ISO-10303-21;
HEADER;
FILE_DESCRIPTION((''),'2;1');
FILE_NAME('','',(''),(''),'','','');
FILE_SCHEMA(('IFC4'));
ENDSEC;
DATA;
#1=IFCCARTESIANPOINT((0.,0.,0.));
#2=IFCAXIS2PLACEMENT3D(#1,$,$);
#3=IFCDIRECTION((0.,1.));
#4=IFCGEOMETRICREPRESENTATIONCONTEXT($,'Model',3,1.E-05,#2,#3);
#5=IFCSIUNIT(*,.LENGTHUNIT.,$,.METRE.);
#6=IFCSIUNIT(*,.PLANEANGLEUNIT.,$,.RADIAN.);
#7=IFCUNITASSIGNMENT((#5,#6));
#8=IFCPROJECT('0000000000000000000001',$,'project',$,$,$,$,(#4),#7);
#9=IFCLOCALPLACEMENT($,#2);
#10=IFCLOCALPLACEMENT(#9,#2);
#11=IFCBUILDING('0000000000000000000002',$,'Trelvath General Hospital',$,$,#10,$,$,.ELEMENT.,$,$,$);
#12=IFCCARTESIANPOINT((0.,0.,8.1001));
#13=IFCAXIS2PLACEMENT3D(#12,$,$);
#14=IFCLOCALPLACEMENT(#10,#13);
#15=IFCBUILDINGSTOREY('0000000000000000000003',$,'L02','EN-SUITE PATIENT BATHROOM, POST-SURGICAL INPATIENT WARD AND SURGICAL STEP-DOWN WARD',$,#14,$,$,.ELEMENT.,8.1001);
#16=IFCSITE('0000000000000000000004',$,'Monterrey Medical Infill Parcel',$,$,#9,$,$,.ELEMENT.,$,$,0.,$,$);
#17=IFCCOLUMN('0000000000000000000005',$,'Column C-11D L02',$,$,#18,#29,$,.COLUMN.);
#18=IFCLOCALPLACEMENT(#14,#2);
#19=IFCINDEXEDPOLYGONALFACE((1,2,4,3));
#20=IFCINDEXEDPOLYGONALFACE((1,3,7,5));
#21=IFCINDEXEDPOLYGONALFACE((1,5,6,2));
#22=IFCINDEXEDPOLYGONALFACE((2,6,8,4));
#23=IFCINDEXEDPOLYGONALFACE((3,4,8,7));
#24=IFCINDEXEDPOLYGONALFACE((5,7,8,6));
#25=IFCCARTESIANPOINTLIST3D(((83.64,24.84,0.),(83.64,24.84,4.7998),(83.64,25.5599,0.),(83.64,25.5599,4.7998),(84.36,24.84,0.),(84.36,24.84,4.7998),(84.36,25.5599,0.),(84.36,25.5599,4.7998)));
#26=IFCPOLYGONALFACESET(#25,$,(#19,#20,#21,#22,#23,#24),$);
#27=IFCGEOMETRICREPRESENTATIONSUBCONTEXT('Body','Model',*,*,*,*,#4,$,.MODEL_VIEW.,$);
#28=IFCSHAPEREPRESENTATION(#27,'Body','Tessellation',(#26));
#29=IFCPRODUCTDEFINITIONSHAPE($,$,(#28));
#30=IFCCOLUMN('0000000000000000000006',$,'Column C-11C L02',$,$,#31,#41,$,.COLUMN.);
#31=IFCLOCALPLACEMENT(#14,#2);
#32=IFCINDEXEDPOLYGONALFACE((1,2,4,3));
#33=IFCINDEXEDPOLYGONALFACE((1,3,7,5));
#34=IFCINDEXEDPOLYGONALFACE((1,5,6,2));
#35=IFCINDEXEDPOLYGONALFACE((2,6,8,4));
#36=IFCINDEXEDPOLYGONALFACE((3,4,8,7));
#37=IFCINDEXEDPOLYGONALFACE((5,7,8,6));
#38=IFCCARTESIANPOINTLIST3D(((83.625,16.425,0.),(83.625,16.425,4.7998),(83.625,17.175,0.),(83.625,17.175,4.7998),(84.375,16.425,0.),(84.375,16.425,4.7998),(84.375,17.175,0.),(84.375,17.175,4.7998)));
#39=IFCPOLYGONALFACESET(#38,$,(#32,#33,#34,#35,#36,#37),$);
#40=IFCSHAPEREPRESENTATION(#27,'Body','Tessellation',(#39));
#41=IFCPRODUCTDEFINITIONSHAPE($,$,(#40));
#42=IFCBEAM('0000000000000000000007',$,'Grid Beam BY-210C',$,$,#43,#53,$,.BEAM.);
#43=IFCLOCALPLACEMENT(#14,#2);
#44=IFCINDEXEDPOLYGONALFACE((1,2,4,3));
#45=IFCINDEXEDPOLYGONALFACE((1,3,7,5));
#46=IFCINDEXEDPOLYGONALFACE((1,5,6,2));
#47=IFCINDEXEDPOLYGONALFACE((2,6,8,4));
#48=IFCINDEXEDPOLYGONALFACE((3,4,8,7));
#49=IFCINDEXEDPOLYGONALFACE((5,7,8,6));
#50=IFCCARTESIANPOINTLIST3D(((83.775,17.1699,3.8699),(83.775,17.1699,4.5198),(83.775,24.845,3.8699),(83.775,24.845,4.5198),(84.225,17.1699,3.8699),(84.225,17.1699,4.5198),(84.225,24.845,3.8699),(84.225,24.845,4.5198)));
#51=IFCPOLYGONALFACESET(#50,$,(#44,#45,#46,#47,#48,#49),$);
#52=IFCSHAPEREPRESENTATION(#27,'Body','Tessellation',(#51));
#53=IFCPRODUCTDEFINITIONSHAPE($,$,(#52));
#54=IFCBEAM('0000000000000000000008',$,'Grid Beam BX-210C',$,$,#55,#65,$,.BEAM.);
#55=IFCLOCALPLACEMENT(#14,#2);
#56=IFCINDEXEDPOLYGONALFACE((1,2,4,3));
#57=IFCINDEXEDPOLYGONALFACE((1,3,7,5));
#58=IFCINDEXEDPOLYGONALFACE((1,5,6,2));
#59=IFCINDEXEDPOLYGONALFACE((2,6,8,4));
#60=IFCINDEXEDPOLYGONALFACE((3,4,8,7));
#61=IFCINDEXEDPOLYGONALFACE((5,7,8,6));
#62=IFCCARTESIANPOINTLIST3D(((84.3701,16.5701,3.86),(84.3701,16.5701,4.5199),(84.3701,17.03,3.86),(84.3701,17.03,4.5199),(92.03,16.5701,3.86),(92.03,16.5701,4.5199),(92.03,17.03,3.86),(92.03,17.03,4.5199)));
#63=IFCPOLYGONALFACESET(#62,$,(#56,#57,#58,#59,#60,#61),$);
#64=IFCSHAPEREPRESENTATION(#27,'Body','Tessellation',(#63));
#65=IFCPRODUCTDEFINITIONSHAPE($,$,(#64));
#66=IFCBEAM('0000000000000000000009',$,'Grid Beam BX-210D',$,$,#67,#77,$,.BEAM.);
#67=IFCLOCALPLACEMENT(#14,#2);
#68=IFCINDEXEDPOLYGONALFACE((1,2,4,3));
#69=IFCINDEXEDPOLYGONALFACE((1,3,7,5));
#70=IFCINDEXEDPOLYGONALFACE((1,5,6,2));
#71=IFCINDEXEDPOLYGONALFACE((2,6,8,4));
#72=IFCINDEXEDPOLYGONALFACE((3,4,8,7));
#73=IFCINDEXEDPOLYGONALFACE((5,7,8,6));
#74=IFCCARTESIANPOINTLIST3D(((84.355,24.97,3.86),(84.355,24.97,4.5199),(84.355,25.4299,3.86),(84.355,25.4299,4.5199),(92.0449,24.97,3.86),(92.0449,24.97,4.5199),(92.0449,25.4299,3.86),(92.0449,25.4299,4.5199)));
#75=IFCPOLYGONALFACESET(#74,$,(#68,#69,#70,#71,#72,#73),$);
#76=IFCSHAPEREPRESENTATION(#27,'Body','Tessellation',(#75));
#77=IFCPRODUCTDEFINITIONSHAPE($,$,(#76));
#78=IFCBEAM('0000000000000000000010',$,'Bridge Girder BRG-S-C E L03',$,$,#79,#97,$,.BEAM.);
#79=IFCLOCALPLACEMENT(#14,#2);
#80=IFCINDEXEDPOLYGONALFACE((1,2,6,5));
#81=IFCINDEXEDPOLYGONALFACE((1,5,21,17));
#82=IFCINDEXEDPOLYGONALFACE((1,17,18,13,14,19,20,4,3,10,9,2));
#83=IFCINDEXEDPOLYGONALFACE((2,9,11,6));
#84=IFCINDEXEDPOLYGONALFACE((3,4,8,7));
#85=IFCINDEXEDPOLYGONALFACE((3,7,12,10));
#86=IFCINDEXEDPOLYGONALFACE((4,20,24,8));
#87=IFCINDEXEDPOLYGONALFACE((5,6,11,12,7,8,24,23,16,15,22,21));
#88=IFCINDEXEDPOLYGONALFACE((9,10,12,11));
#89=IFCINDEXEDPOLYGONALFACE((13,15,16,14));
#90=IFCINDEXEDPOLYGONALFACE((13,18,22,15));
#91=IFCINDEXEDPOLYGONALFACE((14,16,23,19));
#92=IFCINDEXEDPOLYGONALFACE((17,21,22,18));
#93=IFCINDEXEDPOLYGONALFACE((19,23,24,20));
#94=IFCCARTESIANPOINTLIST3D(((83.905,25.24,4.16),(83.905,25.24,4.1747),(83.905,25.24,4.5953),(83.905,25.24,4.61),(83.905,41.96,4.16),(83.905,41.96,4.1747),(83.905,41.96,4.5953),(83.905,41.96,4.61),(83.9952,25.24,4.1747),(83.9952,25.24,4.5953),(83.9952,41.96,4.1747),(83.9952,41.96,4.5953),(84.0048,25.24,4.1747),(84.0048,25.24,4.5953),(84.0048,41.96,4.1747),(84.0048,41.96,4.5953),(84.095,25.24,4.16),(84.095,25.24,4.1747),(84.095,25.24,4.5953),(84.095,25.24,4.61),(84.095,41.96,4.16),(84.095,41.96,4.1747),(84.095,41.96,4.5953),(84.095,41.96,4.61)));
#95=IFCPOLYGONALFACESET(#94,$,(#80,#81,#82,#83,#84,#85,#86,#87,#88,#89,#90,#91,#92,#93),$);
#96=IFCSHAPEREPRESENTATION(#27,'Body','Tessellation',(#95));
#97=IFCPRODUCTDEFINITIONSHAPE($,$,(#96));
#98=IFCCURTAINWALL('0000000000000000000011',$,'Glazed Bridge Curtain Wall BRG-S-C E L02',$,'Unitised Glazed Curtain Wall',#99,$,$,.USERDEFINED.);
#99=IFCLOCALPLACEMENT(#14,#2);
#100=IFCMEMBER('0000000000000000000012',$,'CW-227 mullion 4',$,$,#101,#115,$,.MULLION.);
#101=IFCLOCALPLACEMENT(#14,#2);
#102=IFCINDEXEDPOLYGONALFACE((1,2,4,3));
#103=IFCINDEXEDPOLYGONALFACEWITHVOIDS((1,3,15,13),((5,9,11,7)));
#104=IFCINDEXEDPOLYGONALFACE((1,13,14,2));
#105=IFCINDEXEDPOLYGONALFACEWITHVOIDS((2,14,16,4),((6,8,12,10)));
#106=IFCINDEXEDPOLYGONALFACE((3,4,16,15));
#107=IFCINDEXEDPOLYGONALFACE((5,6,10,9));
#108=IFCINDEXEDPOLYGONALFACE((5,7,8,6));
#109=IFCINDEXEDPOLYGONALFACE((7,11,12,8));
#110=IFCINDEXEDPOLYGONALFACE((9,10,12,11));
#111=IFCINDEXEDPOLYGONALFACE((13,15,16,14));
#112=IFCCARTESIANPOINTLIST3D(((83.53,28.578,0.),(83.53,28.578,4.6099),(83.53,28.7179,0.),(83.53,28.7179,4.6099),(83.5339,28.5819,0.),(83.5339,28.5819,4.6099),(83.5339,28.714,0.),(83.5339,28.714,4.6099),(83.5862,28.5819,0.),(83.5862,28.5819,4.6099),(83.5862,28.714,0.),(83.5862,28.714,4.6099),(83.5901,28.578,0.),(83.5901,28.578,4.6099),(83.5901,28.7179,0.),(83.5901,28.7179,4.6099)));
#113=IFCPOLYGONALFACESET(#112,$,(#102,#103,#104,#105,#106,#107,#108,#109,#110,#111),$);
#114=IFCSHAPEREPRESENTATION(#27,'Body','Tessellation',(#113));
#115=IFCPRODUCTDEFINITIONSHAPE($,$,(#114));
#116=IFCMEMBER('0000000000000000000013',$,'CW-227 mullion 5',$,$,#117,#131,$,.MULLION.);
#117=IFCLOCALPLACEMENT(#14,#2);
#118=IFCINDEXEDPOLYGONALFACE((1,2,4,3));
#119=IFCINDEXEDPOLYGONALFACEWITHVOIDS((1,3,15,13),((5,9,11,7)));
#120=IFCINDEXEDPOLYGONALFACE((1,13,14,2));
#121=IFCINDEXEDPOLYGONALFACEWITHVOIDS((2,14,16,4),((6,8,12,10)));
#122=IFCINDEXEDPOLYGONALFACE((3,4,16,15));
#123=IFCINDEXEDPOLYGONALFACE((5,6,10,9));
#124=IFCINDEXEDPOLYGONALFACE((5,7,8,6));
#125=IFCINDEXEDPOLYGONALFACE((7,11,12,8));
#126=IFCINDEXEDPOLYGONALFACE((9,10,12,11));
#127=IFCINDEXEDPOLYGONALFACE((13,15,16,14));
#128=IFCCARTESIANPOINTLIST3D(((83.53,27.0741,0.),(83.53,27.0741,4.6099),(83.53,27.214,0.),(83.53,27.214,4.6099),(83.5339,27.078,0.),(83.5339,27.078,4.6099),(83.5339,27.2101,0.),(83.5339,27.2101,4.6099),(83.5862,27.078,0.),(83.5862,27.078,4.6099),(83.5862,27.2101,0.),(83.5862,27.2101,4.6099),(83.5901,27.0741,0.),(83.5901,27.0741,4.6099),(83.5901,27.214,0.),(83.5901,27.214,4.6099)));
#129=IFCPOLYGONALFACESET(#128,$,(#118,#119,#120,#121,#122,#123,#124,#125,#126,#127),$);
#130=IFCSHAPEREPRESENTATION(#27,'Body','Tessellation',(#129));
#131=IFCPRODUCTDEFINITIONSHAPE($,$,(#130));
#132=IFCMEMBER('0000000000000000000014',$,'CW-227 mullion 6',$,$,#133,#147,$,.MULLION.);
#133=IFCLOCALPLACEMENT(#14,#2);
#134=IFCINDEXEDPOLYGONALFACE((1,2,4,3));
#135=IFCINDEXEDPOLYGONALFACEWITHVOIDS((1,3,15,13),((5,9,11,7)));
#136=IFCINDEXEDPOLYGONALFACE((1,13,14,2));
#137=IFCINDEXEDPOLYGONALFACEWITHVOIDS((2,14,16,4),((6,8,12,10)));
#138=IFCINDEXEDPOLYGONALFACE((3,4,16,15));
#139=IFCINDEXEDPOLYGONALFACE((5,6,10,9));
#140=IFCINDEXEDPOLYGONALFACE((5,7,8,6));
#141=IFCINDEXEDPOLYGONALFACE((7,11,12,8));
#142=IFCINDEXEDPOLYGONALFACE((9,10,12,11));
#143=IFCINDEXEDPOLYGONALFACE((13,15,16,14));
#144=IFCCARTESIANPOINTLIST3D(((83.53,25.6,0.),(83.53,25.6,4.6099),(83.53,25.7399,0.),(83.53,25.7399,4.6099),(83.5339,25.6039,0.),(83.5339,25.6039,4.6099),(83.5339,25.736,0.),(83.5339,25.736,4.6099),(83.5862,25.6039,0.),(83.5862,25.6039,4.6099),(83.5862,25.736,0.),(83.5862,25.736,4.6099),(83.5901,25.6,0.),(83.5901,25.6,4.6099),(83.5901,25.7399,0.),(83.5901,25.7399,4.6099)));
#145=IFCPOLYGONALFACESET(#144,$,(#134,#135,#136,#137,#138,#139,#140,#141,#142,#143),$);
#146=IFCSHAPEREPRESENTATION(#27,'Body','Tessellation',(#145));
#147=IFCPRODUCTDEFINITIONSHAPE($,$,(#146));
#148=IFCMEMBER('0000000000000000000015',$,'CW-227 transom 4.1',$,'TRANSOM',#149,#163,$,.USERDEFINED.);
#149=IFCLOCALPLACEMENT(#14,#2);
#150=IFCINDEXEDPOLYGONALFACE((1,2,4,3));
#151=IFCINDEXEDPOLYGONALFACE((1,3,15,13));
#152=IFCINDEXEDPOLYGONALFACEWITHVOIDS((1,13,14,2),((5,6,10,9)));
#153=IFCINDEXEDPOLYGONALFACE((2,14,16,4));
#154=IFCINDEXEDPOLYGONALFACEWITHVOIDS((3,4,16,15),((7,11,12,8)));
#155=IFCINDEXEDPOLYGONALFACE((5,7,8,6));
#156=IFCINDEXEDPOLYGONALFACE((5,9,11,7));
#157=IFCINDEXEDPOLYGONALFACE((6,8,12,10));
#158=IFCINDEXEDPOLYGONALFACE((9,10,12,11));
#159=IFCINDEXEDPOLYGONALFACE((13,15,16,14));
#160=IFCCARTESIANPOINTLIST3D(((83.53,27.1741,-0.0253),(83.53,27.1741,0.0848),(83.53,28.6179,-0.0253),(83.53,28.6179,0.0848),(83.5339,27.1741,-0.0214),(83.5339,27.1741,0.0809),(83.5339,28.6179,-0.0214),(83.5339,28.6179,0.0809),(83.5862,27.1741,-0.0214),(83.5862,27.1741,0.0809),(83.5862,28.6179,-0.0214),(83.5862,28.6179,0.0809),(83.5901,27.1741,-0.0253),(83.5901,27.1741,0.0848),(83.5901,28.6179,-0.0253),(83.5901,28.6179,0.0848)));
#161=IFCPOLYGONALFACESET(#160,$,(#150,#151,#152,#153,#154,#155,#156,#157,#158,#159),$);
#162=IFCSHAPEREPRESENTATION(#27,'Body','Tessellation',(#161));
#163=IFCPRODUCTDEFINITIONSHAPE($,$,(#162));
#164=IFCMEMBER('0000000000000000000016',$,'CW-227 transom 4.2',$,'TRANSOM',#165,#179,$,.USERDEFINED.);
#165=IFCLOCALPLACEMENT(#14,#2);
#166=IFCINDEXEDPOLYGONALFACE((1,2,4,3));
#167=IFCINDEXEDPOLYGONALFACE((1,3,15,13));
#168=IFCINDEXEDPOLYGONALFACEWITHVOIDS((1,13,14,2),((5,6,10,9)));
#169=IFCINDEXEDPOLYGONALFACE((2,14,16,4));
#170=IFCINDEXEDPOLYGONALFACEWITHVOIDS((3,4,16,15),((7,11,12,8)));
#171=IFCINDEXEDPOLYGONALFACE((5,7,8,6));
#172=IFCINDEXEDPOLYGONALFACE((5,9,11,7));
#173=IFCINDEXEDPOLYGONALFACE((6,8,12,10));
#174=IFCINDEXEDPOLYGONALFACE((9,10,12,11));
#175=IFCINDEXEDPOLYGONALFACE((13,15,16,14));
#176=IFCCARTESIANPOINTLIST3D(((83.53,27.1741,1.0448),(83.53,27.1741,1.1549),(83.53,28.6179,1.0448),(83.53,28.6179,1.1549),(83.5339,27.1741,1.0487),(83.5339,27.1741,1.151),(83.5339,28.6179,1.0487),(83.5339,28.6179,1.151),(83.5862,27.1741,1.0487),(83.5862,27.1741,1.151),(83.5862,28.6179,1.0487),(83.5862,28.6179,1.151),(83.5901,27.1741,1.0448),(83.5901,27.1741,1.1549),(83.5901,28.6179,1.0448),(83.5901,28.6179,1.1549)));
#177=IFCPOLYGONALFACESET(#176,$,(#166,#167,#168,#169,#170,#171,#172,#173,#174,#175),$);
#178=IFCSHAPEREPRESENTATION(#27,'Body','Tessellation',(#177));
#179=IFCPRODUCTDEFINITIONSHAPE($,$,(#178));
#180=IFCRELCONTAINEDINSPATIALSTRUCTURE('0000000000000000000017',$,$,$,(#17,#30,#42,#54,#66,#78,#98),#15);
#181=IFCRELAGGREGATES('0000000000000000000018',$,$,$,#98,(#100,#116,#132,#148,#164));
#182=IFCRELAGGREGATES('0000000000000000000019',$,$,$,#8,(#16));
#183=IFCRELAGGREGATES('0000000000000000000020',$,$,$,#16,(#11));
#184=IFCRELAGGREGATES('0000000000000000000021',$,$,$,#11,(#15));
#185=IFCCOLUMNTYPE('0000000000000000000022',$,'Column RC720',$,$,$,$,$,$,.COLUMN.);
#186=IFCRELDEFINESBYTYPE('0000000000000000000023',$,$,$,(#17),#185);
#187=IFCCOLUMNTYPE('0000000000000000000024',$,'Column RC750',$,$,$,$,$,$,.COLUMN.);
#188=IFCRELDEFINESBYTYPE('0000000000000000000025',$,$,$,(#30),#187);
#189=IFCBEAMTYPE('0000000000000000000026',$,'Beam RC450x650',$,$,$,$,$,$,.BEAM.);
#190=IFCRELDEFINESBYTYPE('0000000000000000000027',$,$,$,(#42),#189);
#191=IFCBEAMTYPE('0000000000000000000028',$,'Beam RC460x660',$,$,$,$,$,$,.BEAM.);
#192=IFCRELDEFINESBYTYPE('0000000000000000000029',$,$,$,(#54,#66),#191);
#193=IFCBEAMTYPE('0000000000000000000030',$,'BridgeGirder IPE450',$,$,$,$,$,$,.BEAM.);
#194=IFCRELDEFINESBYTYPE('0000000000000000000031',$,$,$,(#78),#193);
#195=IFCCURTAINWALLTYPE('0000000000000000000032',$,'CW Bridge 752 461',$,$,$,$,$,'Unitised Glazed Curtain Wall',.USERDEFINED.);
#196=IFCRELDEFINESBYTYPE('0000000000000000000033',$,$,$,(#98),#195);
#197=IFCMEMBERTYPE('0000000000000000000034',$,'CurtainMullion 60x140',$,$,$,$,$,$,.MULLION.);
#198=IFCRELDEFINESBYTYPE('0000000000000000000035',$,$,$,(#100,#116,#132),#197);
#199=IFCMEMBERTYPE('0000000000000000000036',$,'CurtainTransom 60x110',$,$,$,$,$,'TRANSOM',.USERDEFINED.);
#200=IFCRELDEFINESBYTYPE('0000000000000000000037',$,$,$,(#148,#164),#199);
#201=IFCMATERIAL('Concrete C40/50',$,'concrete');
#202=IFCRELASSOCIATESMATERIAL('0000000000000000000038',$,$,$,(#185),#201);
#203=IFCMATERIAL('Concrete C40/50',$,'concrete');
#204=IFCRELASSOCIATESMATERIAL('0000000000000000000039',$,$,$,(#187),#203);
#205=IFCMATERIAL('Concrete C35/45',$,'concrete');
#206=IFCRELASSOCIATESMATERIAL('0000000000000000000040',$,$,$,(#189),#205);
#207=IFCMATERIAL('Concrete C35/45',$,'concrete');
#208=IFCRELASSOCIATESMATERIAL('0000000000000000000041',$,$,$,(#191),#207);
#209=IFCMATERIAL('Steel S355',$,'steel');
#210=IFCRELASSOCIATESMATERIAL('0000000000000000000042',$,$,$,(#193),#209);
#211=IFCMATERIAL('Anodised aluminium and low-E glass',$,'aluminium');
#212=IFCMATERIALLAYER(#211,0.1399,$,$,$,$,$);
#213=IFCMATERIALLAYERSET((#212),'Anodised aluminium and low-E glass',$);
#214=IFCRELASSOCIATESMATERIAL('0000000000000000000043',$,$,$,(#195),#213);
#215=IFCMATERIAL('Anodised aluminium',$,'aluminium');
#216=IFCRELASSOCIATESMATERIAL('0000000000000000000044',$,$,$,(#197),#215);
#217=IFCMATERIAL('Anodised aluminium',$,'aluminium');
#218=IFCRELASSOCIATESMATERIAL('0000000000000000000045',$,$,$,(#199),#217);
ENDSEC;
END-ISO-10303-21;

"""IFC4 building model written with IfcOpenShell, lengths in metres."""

from ifc_helpers import new_model, si_unit, direction, frame, origin, origin_2d, place, context, subcontext, project, spatial, rectangle, hollow_rectangle, i_section, extrude, material, layer, layer_set, material_profile, profile_set, type_object, element, aggregate, save


model = new_model("IFC4")

# Units and contexts
model_context = context("Model", 3, precision=1e-05, world=origin(), true_north=direction((0.0, 1.0)))
body_context = subcontext(model_context, "Body", "Model", "MODEL_VIEW")
ifc_project = project(units=[si_unit("LENGTHUNIT", "METRE"), si_unit("PLANEANGLEUNIT", "RADIAN")], contexts=[model_context])

# Site, building, storey
site_placement = place(None, origin())
site = spatial("IfcSite", under=ifc_project, at=site_placement, Name="Monterrey Medical Infill Parcel", CompositionType="ELEMENT", RefElevation=0.0)
building_placement = place(site_placement, origin())
building = spatial("IfcBuilding", under=site, at=building_placement, Name="Trelvath General Hospital", CompositionType="ELEMENT")
storey_placement = place(building_placement, frame((0.0, 0.0, 8.1001)))
storey = spatial("IfcBuildingStorey", under=building, at=storey_placement, Name="L02", Description="EN-SUITE PATIENT BATHROOM, POST-SURGICAL INPATIENT WARD AND SURGICAL STEP-DOWN WARD", CompositionType="ELEMENT", Elevation=8.1001)

# Columns
ifc_material_1 = material(Name="Concrete C40/50", Category="concrete")
ifc_material_profile_1 = material_profile(ifc_material_1, rectangle(XDim=0.72, YDim=0.72, at=origin_2d()), Name="RC720x720")
ifc_profile_set_1 = profile_set([ifc_material_profile_1], Name="Concrete C40/50")
column_type_1 = type_object("IfcColumnType", Name="Column RC720", PredefinedType="COLUMN", material=ifc_profile_set_1)
column_1_placement = place(storey_placement, frame((84.0, 25.2, 0.0), z_axis=(0.0, 0.0, 1.0), x_axis=(1.0, 0.0, 0.0)))
element("IfcColumn", 1, at=column_1_placement, inside=storey, type_object=column_type_1, Name="Column C-11D L02", PredefinedType="COLUMN", context=body_context, shape_type="SweptSolid", body=[
    extrude(rectangle(XDim=0.72, YDim=0.72, at=origin_2d()), origin(), (0.0, 0.0, 1.0), 4.7998),
])
ifc_material_2 = material(Name="Concrete C40/50", Category="concrete")
ifc_material_profile_2 = material_profile(ifc_material_2, rectangle(XDim=0.75, YDim=0.75, at=origin_2d()), Name="RC750x750")
ifc_profile_set_2 = profile_set([ifc_material_profile_2], Name="Concrete C40/50")
column_type_2 = type_object("IfcColumnType", Name="Column RC750", PredefinedType="COLUMN", material=ifc_profile_set_2)
column_2_placement = place(storey_placement, frame((84.0, 16.8, 0.0), z_axis=(0.0, 0.0, 1.0), x_axis=(1.0, 0.0, 0.0)))
element("IfcColumn", 2, at=column_2_placement, inside=storey, type_object=column_type_2, Name="Column C-11C L02", PredefinedType="COLUMN", context=body_context, shape_type="SweptSolid", body=[
    extrude(rectangle(XDim=0.75, YDim=0.75, at=origin_2d()), origin(), (0.0, 0.0, 1.0), 4.7998),
])

# Beams
ifc_material_3 = material(Name="Concrete C35/45", Category="concrete")
ifc_material_profile_3 = material_profile(ifc_material_3, rectangle(XDim=0.45, YDim=0.6499, at=origin_2d()), Name="RCB450x650")
ifc_profile_set_3 = profile_set([ifc_material_profile_3], Name="Concrete C35/45")
beam_type_1 = type_object("IfcBeamType", Name="Beam RC450x650", PredefinedType="BEAM", material=ifc_profile_set_3)
beam_1_placement = place(storey_placement, frame((84.0, 17.1699, 4.1948), z_axis=(0.0, 1.0, 0.0), x_axis=(-1.0, 0.0, 0.0)))
element("IfcBeam", 3, at=beam_1_placement, inside=storey, type_object=beam_type_1, Name="Grid Beam BY-210C", PredefinedType="BEAM", context=body_context, shape_type="SweptSolid", body=[
    extrude(rectangle(XDim=0.45, YDim=0.6499, at=origin_2d()), origin(), (0.0, 0.0, 1.0), 7.675),
])
ifc_material_4 = material(Name="Concrete C35/45", Category="concrete")
ifc_material_profile_4 = material_profile(ifc_material_4, rectangle(XDim=0.46, YDim=0.6599, at=origin_2d()), Name="RCB460x660")
ifc_profile_set_4 = profile_set([ifc_material_profile_4], Name="Concrete C35/45")
beam_type_2 = type_object("IfcBeamType", Name="Beam RC460x660", PredefinedType="BEAM", material=ifc_profile_set_4)
beam_2_placement = place(storey_placement, frame((84.3701, 16.8, 4.1899), z_axis=(1.0, 0.0, 0.0), x_axis=(0.0, 1.0, 0.0)))
element("IfcBeam", 4, at=beam_2_placement, inside=storey, type_object=beam_type_2, Name="Grid Beam BX-210C", PredefinedType="BEAM", context=body_context, shape_type="SweptSolid", body=[
    extrude(rectangle(XDim=0.46, YDim=0.6599, at=origin_2d()), origin(), (0.0, 0.0, 1.0), 7.6599),
])
beam_3_placement = place(storey_placement, frame((84.355, 25.2, 4.1899), z_axis=(1.0, 0.0, 0.0), x_axis=(0.0, 1.0, 0.0)))
element("IfcBeam", 5, at=beam_3_placement, inside=storey, type_object=beam_type_2, Name="Grid Beam BX-210D", PredefinedType="BEAM", context=body_context, shape_type="SweptSolid", body=[
    extrude(rectangle(XDim=0.46, YDim=0.6599, at=origin_2d()), origin(), (0.0, 0.0, 1.0), 7.6899),
])
ifc_material_5 = material(Name="Steel S355", Category="steel")
ifc_material_profile_5 = material_profile(ifc_material_5, i_section(OverallWidth=0.1899, OverallDepth=0.45, WebThickness=0.0095, FlangeThickness=0.0146, at=origin_2d()), Name="IPE450")
ifc_profile_set_5 = profile_set([ifc_material_profile_5], Name="Steel S355")
beam_type_3 = type_object("IfcBeamType", Name="BridgeGirder IPE450", PredefinedType="BEAM", material=ifc_profile_set_5)
beam_4_placement = place(storey_placement, frame((84.0, 25.24, 4.385), z_axis=(0.0, 1.0, 0.0), x_axis=(-1.0, 0.0, 0.0)))
element("IfcBeam", 6, at=beam_4_placement, inside=storey, type_object=beam_type_3, Name="Bridge Girder BRG-S-C E L03", PredefinedType="BEAM", context=body_context, shape_type="SweptSolid", body=[
    extrude(i_section(OverallWidth=0.1899, OverallDepth=0.45, WebThickness=0.0095, FlangeThickness=0.0146, at=origin_2d()), origin(), (0.0, 0.0, 1.0), 16.72),
])

# Curtain wall, members
ifc_material_6 = material(Name="Anodised aluminium and low-E glass", Category="aluminium")
ifc_layer_1 = layer(ifc_material_6, 0.1399)
ifc_layer_set_1 = layer_set([ifc_layer_1], Name="Anodised aluminium and low-E glass")
curtain_wall_type = type_object("IfcCurtainWallType", Name="CW Bridge 752 461", ElementType="Unitised Glazed Curtain Wall", PredefinedType="USERDEFINED", material=ifc_layer_set_1)
curtain_wall_placement = place(storey_placement, origin())
curtain_wall = element("IfcCurtainWall", 7, at=curtain_wall_placement, inside=storey, type_object=curtain_wall_type, Name="Glazed Bridge Curtain Wall BRG-S-C E L02", ObjectType="Unitised Glazed Curtain Wall", PredefinedType="USERDEFINED")
ifc_material_7 = material(Name="Anodised aluminium", Category="aluminium")
ifc_material_profile_6 = material_profile(ifc_material_7, hollow_rectangle(XDim=0.0601, YDim=0.1399, WallThickness=0.0039, at=origin_2d()), Name="RHS60x140x4")
ifc_profile_set_6 = profile_set([ifc_material_profile_6], Name="Anodised aluminium")
member_type_1 = type_object("IfcMemberType", Name="CurtainMullion 60x140", PredefinedType="MULLION", material=ifc_profile_set_6)
member_1_placement = place(storey_placement, frame((83.5601, 28.6479, 0.0), z_axis=(0.0, 0.0, 1.0), x_axis=(1.0, 0.0, 0.0)))
member_1 = element("IfcMember", 8, at=member_1_placement, type_object=member_type_1, Name="CW-227 mullion 4", PredefinedType="MULLION", context=body_context, shape_type="SweptSolid", body=[
    extrude(hollow_rectangle(XDim=0.0601, YDim=0.1399, WallThickness=0.0039, at=origin_2d()), origin(), (0.0, 0.0, 1.0), 4.6099),
])
member_2_placement = place(storey_placement, frame((83.5601, 27.144, 0.0), z_axis=(0.0, 0.0, 1.0), x_axis=(1.0, 0.0, 0.0)))
member_2 = element("IfcMember", 9, at=member_2_placement, type_object=member_type_1, Name="CW-227 mullion 5", PredefinedType="MULLION", context=body_context, shape_type="SweptSolid", body=[
    extrude(hollow_rectangle(XDim=0.0601, YDim=0.1399, WallThickness=0.0039, at=origin_2d()), origin(), (0.0, 0.0, 1.0), 4.6099),
])
member_3_placement = place(storey_placement, frame((83.5601, 25.6699, 0.0), z_axis=(0.0, 0.0, 1.0), x_axis=(1.0, 0.0, 0.0)))
member_3 = element("IfcMember", 10, at=member_3_placement, type_object=member_type_1, Name="CW-227 mullion 6", PredefinedType="MULLION", context=body_context, shape_type="SweptSolid", body=[
    extrude(hollow_rectangle(XDim=0.0601, YDim=0.1399, WallThickness=0.0039, at=origin_2d()), origin(), (0.0, 0.0, 1.0), 4.6099),
])
ifc_material_8 = material(Name="Anodised aluminium", Category="aluminium")
ifc_material_profile_7 = material_profile(ifc_material_8, hollow_rectangle(XDim=0.0601, YDim=0.1101, WallThickness=0.0039, at=origin_2d()), Name="RHS60x110x4")
ifc_profile_set_7 = profile_set([ifc_material_profile_7], Name="Anodised aluminium")
member_type_2 = type_object("IfcMemberType", Name="CurtainTransom 60x110", ElementType="TRANSOM", PredefinedType="USERDEFINED", material=ifc_profile_set_7)
member_4_placement = place(storey_placement, frame((83.5601, 28.6179, 0.0298), z_axis=(0.0, -1.0, 0.0), x_axis=(1.0, 0.0, 0.0)))
member_4 = element("IfcMember", 11, at=member_4_placement, type_object=member_type_2, Name="CW-227 transom 4.1", ObjectType="TRANSOM", PredefinedType="USERDEFINED", context=body_context, shape_type="SweptSolid", body=[
    extrude(hollow_rectangle(XDim=0.0601, YDim=0.1101, WallThickness=0.0039, at=origin_2d()), origin(), (0.0, 0.0, 1.0), 1.4438),
])
member_5_placement = place(storey_placement, frame((83.5601, 28.6179, 1.0999), z_axis=(0.0, -1.0, 0.0), x_axis=(1.0, 0.0, 0.0)))
member_5 = element("IfcMember", 12, at=member_5_placement, type_object=member_type_2, Name="CW-227 transom 4.2", ObjectType="TRANSOM", PredefinedType="USERDEFINED", context=body_context, shape_type="SweptSolid", body=[
    extrude(hollow_rectangle(XDim=0.0601, YDim=0.1101, WallThickness=0.0039, at=origin_2d()), origin(), (0.0, 0.0, 1.0), 1.4438),
])

aggregate(curtain_wall, [member_1, member_2, member_3, member_4, member_5])

save(model, "model.ifc")
